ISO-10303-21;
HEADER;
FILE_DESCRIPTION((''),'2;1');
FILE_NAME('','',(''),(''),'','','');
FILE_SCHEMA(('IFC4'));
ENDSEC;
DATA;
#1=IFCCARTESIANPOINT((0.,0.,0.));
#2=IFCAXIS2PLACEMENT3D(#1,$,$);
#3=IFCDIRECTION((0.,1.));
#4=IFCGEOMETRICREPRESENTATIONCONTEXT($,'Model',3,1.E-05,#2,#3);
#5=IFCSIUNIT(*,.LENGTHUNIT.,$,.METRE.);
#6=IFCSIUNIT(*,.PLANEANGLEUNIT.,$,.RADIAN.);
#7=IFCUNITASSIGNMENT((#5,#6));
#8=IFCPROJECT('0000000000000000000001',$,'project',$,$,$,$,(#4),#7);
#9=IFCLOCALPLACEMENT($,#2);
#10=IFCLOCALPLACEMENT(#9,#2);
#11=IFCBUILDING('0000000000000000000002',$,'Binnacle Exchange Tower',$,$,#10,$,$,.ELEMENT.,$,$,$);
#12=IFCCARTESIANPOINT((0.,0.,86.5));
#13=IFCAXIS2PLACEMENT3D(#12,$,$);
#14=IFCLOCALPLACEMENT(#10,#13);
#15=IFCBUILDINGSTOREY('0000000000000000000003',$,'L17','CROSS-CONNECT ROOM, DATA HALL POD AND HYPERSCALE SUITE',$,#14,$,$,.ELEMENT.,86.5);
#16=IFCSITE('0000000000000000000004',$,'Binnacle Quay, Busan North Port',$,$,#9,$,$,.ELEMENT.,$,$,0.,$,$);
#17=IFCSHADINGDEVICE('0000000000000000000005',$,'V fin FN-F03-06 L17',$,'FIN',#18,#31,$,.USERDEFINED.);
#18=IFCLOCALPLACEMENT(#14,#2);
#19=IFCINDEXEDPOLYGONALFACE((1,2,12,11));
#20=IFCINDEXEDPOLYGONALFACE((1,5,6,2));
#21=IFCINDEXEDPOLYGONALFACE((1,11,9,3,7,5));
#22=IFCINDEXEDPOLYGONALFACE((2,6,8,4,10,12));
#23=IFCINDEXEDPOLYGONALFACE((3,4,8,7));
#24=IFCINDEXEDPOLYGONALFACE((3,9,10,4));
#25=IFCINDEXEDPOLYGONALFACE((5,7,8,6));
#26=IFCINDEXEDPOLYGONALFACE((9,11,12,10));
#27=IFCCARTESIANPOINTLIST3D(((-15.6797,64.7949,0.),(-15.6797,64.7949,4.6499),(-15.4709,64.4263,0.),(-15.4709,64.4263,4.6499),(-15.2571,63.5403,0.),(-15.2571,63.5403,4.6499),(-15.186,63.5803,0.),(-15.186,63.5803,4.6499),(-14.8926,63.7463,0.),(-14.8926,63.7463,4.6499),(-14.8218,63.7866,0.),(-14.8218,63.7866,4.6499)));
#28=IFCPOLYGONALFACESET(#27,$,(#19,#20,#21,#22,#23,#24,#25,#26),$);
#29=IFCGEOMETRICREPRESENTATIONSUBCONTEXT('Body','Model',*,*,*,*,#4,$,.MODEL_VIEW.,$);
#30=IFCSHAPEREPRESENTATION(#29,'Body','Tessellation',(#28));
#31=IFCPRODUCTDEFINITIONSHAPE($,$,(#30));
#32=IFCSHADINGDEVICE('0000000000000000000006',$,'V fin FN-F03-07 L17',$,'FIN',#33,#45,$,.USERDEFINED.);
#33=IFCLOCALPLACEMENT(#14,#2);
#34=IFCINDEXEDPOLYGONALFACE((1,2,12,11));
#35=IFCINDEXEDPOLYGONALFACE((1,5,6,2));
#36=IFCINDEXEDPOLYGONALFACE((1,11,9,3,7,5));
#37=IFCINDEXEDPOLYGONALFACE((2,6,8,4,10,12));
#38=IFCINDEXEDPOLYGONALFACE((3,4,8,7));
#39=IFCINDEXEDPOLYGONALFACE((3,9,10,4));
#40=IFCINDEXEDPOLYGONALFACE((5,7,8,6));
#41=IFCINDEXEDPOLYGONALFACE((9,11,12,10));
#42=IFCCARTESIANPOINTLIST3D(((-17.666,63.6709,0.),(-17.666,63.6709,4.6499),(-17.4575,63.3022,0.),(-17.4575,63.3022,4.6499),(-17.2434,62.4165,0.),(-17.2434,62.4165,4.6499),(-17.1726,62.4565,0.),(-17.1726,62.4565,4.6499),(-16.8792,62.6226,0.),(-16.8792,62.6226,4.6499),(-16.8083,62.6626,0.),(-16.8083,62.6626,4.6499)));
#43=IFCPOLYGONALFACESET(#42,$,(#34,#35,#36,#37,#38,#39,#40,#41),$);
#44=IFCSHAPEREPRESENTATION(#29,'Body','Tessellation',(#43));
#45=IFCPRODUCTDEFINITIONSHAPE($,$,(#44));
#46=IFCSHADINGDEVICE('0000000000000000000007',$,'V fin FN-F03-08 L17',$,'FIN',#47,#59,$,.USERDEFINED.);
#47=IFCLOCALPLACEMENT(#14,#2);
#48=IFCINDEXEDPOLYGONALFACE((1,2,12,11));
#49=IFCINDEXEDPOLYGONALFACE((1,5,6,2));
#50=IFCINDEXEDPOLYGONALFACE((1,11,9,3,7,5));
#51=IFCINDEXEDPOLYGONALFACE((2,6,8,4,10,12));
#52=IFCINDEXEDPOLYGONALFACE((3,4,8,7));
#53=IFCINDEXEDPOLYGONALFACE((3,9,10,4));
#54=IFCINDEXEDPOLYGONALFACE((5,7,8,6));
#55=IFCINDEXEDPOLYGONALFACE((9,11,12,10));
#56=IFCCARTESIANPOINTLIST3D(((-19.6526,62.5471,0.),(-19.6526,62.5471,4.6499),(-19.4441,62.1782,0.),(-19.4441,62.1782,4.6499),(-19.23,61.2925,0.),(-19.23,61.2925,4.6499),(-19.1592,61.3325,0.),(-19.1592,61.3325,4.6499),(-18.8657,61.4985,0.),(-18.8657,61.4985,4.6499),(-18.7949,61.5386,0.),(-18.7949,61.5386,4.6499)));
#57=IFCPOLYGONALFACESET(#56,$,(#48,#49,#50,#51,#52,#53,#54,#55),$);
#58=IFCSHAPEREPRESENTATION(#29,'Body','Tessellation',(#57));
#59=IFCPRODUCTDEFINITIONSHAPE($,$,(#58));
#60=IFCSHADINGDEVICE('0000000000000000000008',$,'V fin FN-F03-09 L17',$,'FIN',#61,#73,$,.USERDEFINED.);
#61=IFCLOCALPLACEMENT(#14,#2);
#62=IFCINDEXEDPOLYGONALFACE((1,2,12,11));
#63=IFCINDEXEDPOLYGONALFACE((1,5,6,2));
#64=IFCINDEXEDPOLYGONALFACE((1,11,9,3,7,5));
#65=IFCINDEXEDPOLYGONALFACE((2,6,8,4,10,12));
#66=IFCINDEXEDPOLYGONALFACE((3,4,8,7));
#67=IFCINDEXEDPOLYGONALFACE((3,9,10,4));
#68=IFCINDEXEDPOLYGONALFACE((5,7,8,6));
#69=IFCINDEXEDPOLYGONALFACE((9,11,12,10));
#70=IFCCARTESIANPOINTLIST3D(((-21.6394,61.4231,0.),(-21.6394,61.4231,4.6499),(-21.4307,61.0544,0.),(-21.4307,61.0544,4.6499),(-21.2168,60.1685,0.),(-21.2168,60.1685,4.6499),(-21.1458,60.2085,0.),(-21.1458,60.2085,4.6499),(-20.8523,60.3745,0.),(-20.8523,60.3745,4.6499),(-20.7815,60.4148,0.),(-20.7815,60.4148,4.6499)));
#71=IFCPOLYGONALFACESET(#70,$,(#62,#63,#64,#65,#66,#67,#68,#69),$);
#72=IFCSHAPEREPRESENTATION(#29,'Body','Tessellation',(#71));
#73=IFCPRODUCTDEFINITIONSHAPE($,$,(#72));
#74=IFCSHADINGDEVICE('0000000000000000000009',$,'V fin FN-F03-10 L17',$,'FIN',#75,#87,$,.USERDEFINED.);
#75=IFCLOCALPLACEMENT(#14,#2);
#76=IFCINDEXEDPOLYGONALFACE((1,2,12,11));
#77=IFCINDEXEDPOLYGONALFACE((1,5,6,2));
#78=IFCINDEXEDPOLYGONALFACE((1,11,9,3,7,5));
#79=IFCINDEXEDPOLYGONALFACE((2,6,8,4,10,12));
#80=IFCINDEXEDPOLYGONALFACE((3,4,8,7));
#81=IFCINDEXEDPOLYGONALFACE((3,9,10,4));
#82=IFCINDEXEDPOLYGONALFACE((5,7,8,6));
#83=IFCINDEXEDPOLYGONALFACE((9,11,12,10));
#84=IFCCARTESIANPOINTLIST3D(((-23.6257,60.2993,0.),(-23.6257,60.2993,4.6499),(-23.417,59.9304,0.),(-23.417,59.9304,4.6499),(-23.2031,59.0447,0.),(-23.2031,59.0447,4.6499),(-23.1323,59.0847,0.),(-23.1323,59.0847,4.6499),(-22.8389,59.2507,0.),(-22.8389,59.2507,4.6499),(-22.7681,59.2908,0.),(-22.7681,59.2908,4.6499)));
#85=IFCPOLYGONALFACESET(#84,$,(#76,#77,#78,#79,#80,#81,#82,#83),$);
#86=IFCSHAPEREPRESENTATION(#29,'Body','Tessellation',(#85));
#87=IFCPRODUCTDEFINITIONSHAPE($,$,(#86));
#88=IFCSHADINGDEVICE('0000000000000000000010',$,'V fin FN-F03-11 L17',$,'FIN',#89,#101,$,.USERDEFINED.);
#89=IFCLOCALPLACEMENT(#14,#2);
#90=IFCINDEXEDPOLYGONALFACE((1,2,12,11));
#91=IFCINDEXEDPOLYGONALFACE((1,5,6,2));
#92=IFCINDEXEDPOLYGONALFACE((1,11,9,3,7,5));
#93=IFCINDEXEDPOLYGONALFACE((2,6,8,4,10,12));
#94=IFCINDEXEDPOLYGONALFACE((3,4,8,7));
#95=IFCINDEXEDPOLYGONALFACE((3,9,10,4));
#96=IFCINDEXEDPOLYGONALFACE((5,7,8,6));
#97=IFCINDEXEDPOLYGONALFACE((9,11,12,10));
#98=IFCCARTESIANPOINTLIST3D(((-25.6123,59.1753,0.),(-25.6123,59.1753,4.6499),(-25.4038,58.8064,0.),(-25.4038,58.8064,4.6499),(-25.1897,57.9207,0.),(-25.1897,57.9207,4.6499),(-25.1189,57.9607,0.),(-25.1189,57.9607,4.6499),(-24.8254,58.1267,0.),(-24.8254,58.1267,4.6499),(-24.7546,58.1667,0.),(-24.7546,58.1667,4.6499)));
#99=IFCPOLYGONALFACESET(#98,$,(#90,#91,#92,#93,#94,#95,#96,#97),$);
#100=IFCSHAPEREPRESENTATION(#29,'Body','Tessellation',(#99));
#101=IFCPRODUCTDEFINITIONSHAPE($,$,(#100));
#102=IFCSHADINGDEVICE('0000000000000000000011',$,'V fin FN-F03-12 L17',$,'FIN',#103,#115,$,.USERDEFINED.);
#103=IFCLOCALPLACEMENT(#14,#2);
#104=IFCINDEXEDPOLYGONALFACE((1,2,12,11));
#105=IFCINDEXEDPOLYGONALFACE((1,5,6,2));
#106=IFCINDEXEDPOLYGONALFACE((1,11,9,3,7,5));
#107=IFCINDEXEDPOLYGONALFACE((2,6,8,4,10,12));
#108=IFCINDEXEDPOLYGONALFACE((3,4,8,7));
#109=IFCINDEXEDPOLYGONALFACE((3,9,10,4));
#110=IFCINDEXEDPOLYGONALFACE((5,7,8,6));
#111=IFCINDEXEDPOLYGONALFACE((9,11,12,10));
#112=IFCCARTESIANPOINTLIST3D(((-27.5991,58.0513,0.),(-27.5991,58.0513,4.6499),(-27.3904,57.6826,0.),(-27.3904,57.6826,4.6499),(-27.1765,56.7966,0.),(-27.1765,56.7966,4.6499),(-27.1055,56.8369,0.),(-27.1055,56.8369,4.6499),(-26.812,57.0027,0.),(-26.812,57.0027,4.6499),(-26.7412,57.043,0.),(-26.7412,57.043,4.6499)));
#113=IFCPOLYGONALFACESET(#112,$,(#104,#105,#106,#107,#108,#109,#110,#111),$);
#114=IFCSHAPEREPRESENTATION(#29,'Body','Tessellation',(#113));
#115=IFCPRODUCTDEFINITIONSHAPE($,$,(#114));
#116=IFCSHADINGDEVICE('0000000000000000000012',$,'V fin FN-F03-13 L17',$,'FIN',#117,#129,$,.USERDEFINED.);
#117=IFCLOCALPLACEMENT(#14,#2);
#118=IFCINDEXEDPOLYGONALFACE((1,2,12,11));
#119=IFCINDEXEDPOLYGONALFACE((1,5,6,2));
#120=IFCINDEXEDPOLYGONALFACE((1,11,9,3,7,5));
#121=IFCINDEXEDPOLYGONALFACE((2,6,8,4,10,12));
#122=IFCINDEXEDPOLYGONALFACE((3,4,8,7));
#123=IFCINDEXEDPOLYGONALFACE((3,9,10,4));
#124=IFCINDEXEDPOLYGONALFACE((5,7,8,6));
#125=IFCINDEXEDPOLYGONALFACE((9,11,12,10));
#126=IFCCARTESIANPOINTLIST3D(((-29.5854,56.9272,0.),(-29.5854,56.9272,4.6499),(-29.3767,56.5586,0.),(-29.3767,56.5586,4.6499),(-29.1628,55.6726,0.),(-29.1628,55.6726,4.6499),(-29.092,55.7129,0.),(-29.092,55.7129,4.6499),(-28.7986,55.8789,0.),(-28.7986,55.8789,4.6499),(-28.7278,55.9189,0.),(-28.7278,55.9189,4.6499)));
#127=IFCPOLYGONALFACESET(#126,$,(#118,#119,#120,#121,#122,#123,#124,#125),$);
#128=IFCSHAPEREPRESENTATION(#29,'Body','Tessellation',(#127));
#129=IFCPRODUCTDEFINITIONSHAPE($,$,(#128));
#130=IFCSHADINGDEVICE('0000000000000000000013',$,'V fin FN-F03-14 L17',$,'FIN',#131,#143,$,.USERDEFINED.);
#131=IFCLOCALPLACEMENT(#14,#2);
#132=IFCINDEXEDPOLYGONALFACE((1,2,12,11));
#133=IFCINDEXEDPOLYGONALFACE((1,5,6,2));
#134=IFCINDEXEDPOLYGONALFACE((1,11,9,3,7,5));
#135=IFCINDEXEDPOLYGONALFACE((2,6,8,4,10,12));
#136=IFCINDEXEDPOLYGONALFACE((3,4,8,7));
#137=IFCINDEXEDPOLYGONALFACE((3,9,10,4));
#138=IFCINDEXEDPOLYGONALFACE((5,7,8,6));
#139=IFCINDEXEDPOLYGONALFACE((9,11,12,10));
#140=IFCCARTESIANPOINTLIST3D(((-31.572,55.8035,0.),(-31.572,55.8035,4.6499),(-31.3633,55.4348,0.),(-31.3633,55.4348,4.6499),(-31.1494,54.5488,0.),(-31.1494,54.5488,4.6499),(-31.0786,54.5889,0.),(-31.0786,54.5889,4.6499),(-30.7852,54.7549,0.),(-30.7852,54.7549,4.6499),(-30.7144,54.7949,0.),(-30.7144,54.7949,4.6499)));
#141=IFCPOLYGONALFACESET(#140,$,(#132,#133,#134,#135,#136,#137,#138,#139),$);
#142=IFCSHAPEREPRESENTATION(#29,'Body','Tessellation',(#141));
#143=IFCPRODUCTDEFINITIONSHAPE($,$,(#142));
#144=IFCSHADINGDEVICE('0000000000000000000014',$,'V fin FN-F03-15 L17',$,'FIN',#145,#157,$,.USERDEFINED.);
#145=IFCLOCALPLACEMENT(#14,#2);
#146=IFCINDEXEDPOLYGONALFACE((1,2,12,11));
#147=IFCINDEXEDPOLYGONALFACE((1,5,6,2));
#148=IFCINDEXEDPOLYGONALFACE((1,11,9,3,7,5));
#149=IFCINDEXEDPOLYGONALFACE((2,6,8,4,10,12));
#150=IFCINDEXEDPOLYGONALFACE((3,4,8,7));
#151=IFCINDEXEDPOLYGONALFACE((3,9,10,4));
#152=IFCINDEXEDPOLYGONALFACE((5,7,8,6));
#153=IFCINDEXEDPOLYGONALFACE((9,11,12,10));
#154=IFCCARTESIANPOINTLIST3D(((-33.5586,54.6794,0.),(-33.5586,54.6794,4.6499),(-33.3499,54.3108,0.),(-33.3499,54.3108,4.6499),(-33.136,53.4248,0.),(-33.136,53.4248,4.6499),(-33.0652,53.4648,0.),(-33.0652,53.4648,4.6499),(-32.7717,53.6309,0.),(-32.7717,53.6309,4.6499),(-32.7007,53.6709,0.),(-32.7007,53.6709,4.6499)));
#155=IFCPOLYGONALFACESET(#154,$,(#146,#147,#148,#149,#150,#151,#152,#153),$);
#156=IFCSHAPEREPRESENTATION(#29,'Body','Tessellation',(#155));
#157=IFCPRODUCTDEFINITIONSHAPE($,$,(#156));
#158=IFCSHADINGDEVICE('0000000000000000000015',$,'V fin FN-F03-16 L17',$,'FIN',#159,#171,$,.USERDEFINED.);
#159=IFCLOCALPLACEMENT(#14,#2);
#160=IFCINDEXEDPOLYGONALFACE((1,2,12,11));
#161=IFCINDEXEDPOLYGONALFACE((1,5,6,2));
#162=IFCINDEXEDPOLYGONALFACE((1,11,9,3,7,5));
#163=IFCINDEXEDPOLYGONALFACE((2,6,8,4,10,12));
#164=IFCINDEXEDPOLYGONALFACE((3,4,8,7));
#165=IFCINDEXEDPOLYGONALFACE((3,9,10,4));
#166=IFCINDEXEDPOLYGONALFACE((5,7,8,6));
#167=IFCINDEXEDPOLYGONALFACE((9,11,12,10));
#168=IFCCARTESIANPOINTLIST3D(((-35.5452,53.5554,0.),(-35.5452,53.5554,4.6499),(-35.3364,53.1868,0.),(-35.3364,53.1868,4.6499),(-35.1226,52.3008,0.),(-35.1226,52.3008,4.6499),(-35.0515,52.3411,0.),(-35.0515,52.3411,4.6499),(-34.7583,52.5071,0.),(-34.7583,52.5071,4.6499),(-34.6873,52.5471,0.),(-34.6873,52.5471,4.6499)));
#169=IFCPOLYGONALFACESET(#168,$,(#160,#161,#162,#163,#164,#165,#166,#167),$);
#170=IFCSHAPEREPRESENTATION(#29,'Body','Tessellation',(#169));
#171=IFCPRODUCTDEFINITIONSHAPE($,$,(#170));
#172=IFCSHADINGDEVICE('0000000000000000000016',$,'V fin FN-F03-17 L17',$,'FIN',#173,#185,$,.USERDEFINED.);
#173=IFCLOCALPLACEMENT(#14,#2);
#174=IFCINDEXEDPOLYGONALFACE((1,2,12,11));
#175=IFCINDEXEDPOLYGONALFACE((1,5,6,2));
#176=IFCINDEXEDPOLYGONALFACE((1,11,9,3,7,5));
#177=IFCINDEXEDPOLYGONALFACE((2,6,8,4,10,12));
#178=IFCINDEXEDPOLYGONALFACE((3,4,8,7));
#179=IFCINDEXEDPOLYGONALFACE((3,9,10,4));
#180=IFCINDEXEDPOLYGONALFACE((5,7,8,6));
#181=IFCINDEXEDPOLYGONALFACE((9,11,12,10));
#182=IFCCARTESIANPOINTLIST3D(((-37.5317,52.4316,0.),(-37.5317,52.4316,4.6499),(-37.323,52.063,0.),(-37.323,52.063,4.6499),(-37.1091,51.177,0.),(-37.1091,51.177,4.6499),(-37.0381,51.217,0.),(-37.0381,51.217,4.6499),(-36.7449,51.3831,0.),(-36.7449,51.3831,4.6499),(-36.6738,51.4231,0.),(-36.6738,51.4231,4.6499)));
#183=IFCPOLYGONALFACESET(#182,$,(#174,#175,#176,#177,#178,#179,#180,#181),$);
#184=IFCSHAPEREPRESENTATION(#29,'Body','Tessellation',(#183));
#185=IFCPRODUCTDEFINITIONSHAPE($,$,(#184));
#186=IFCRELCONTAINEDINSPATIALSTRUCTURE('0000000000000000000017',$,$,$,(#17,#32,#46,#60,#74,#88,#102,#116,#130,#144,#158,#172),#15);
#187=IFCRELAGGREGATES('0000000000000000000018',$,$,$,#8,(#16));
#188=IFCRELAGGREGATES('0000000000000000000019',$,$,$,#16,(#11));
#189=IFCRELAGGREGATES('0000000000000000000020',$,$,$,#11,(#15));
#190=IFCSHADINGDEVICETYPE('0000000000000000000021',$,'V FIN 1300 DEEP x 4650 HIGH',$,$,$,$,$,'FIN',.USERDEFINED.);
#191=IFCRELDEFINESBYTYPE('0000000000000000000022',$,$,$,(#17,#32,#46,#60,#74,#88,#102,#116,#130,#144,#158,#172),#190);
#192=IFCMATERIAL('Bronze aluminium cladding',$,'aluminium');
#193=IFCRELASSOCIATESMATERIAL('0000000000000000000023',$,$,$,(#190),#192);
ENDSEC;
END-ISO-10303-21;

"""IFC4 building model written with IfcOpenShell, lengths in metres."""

from ifc_helpers import new_model, si_unit, direction, frame, origin, place, context, subcontext, project, spatial, polyline, outline, extrude, material, type_object, element, save


model = new_model("IFC4")

# Units and contexts
model_context = context("Model", 3, precision=1e-05, world=origin(), true_north=direction((0.0, 1.0)))
body_context = subcontext(model_context, "Body", "Model", "MODEL_VIEW")
ifc_project = project(units=[si_unit("LENGTHUNIT", "METRE"), si_unit("PLANEANGLEUNIT", "RADIAN")], contexts=[model_context])

# Site, building, storey
site_placement = place(None, origin())
site = spatial("IfcSite", under=ifc_project, at=site_placement, Name="Binnacle Quay, Busan North Port", CompositionType="ELEMENT", RefElevation=0.0)
building_placement = place(site_placement, origin())
building = spatial("IfcBuilding", under=site, at=building_placement, Name="Binnacle Exchange Tower", CompositionType="ELEMENT")
storey_placement = place(building_placement, frame((0.0, 0.0, 86.5)))
storey = spatial("IfcBuildingStorey", under=building, at=storey_placement, Name="L17", Description="CROSS-CONNECT ROOM, DATA HALL POD AND HYPERSCALE SUITE", CompositionType="ELEMENT", Elevation=86.5)

# Shading devices
ifc_material = material(Name="Bronze aluminium cladding", Category="aluminium")
shading_device_type = type_object("IfcShadingDeviceType", Name="V FIN 1300 DEEP x 4650 HIGH", ElementType="FIN", PredefinedType="USERDEFINED", material=ifc_material)
shading_device_1_placement = place(storey_placement, origin())
element("IfcShadingDevice", 1, at=shading_device_1_placement, inside=storey, type_object=shading_device_type, Name="V fin FN-F03-06 L17", ObjectType="FIN", PredefinedType="USERDEFINED", context=body_context, shape_type="SweptSolid", body=[
    extrude(outline(polyline([(-14.8218, 63.7866), (-15.6797, 64.7949), (-15.2571, 63.5403), (-15.186, 63.5803), (-15.4709, 64.4263), (-14.8926, 63.7463), (-14.8218, 63.7866)])), origin(), (0.0, 0.0, 1.0), 4.6499),
])
shading_device_2_placement = place(storey_placement, origin())
element("IfcShadingDevice", 2, at=shading_device_2_placement, inside=storey, type_object=shading_device_type, Name="V fin FN-F03-07 L17", ObjectType="FIN", PredefinedType="USERDEFINED", context=body_context, shape_type="SweptSolid", body=[
    extrude(outline(polyline([(-16.8083, 62.6626), (-17.666, 63.6709), (-17.2434, 62.4165), (-17.1726, 62.4565), (-17.4575, 63.3022), (-16.8792, 62.6226), (-16.8083, 62.6626)])), origin(), (0.0, 0.0, 1.0), 4.6499),
])
shading_device_3_placement = place(storey_placement, origin())
element("IfcShadingDevice", 3, at=shading_device_3_placement, inside=storey, type_object=shading_device_type, Name="V fin FN-F03-08 L17", ObjectType="FIN", PredefinedType="USERDEFINED", context=body_context, shape_type="SweptSolid", body=[
    extrude(outline(polyline([(-18.7949, 61.5386), (-19.6526, 62.5471), (-19.23, 61.2925), (-19.1592, 61.3325), (-19.4441, 62.1782), (-18.8657, 61.4985), (-18.7949, 61.5386)])), origin(), (0.0, 0.0, 1.0), 4.6499),
])
shading_device_4_placement = place(storey_placement, origin())
element("IfcShadingDevice", 4, at=shading_device_4_placement, inside=storey, type_object=shading_device_type, Name="V fin FN-F03-09 L17", ObjectType="FIN", PredefinedType="USERDEFINED", context=body_context, shape_type="SweptSolid", body=[
    extrude(outline(polyline([(-20.7815, 60.4148), (-21.6394, 61.4231), (-21.2168, 60.1685), (-21.1458, 60.2085), (-21.4307, 61.0544), (-20.8523, 60.3745), (-20.7815, 60.4148)])), origin(), (0.0, 0.0, 1.0), 4.6499),
])
shading_device_5_placement = place(storey_placement, origin())
element("IfcShadingDevice", 5, at=shading_device_5_placement, inside=storey, type_object=shading_device_type, Name="V fin FN-F03-10 L17", ObjectType="FIN", PredefinedType="USERDEFINED", context=body_context, shape_type="SweptSolid", body=[
    extrude(outline(polyline([(-22.7681, 59.2908), (-23.6257, 60.2993), (-23.2031, 59.0447), (-23.1323, 59.0847), (-23.417, 59.9304), (-22.8389, 59.2507), (-22.7681, 59.2908)])), origin(), (0.0, 0.0, 1.0), 4.6499),
])
shading_device_6_placement = place(storey_placement, origin())
element("IfcShadingDevice", 6, at=shading_device_6_placement, inside=storey, type_object=shading_device_type, Name="V fin FN-F03-11 L17", ObjectType="FIN", PredefinedType="USERDEFINED", context=body_context, shape_type="SweptSolid", body=[
    extrude(outline(polyline([(-24.7546, 58.1667), (-25.6123, 59.1753), (-25.1897, 57.9207), (-25.1189, 57.9607), (-25.4038, 58.8064), (-24.8254, 58.1267), (-24.7546, 58.1667)])), origin(), (0.0, 0.0, 1.0), 4.6499),
])
shading_device_7_placement = place(storey_placement, origin())
element("IfcShadingDevice", 7, at=shading_device_7_placement, inside=storey, type_object=shading_device_type, Name="V fin FN-F03-12 L17", ObjectType="FIN", PredefinedType="USERDEFINED", context=body_context, shape_type="SweptSolid", body=[
    extrude(outline(polyline([(-26.7412, 57.043), (-27.5991, 58.0513), (-27.1765, 56.7966), (-27.1055, 56.8369), (-27.3904, 57.6826), (-26.812, 57.0027), (-26.7412, 57.043)])), origin(), (0.0, 0.0, 1.0), 4.6499),
])
shading_device_8_placement = place(storey_placement, origin())
element("IfcShadingDevice", 8, at=shading_device_8_placement, inside=storey, type_object=shading_device_type, Name="V fin FN-F03-13 L17", ObjectType="FIN", PredefinedType="USERDEFINED", context=body_context, shape_type="SweptSolid", body=[
    extrude(outline(polyline([(-28.7278, 55.9189), (-29.5854, 56.9272), (-29.1628, 55.6726), (-29.092, 55.7129), (-29.3767, 56.5586), (-28.7986, 55.8789), (-28.7278, 55.9189)])), origin(), (0.0, 0.0, 1.0), 4.6499),
])
shading_device_9_placement = place(storey_placement, origin())
element("IfcShadingDevice", 9, at=shading_device_9_placement, inside=storey, type_object=shading_device_type, Name="V fin FN-F03-14 L17", ObjectType="FIN", PredefinedType="USERDEFINED", context=body_context, shape_type="SweptSolid", body=[
    extrude(outline(polyline([(-30.7144, 54.7949), (-31.572, 55.8035), (-31.1494, 54.5488), (-31.0786, 54.5889), (-31.3633, 55.4348), (-30.7852, 54.7549), (-30.7144, 54.7949)])), origin(), (0.0, 0.0, 1.0), 4.6499),
])
shading_device_10_placement = place(storey_placement, origin())
element("IfcShadingDevice", 10, at=shading_device_10_placement, inside=storey, type_object=shading_device_type, Name="V fin FN-F03-15 L17", ObjectType="FIN", PredefinedType="USERDEFINED", context=body_context, shape_type="SweptSolid", body=[
    extrude(outline(polyline([(-32.7007, 53.6709), (-33.5586, 54.6794), (-33.136, 53.4248), (-33.0652, 53.4648), (-33.3499, 54.3108), (-32.7717, 53.6309), (-32.7007, 53.6709)])), origin(), (0.0, 0.0, 1.0), 4.6499),
])
shading_device_11_placement = place(storey_placement, origin())
element("IfcShadingDevice", 11, at=shading_device_11_placement, inside=storey, type_object=shading_device_type, Name="V fin FN-F03-16 L17", ObjectType="FIN", PredefinedType="USERDEFINED", context=body_context, shape_type="SweptSolid", body=[
    extrude(outline(polyline([(-34.6873, 52.5471), (-35.5452, 53.5554), (-35.1226, 52.3008), (-35.0515, 52.3411), (-35.3364, 53.1868), (-34.7583, 52.5071), (-34.6873, 52.5471)])), origin(), (0.0, 0.0, 1.0), 4.6499),
])
shading_device_12_placement = place(storey_placement, origin())
element("IfcShadingDevice", 12, at=shading_device_12_placement, inside=storey, type_object=shading_device_type, Name="V fin FN-F03-17 L17", ObjectType="FIN", PredefinedType="USERDEFINED", context=body_context, shape_type="SweptSolid", body=[
    extrude(outline(polyline([(-36.6738, 51.4231), (-37.5317, 52.4316), (-37.1091, 51.177), (-37.0381, 51.217), (-37.323, 52.063), (-36.7449, 51.3831), (-36.6738, 51.4231)])), origin(), (0.0, 0.0, 1.0), 4.6499),
])

save(model, "model.ifc")
